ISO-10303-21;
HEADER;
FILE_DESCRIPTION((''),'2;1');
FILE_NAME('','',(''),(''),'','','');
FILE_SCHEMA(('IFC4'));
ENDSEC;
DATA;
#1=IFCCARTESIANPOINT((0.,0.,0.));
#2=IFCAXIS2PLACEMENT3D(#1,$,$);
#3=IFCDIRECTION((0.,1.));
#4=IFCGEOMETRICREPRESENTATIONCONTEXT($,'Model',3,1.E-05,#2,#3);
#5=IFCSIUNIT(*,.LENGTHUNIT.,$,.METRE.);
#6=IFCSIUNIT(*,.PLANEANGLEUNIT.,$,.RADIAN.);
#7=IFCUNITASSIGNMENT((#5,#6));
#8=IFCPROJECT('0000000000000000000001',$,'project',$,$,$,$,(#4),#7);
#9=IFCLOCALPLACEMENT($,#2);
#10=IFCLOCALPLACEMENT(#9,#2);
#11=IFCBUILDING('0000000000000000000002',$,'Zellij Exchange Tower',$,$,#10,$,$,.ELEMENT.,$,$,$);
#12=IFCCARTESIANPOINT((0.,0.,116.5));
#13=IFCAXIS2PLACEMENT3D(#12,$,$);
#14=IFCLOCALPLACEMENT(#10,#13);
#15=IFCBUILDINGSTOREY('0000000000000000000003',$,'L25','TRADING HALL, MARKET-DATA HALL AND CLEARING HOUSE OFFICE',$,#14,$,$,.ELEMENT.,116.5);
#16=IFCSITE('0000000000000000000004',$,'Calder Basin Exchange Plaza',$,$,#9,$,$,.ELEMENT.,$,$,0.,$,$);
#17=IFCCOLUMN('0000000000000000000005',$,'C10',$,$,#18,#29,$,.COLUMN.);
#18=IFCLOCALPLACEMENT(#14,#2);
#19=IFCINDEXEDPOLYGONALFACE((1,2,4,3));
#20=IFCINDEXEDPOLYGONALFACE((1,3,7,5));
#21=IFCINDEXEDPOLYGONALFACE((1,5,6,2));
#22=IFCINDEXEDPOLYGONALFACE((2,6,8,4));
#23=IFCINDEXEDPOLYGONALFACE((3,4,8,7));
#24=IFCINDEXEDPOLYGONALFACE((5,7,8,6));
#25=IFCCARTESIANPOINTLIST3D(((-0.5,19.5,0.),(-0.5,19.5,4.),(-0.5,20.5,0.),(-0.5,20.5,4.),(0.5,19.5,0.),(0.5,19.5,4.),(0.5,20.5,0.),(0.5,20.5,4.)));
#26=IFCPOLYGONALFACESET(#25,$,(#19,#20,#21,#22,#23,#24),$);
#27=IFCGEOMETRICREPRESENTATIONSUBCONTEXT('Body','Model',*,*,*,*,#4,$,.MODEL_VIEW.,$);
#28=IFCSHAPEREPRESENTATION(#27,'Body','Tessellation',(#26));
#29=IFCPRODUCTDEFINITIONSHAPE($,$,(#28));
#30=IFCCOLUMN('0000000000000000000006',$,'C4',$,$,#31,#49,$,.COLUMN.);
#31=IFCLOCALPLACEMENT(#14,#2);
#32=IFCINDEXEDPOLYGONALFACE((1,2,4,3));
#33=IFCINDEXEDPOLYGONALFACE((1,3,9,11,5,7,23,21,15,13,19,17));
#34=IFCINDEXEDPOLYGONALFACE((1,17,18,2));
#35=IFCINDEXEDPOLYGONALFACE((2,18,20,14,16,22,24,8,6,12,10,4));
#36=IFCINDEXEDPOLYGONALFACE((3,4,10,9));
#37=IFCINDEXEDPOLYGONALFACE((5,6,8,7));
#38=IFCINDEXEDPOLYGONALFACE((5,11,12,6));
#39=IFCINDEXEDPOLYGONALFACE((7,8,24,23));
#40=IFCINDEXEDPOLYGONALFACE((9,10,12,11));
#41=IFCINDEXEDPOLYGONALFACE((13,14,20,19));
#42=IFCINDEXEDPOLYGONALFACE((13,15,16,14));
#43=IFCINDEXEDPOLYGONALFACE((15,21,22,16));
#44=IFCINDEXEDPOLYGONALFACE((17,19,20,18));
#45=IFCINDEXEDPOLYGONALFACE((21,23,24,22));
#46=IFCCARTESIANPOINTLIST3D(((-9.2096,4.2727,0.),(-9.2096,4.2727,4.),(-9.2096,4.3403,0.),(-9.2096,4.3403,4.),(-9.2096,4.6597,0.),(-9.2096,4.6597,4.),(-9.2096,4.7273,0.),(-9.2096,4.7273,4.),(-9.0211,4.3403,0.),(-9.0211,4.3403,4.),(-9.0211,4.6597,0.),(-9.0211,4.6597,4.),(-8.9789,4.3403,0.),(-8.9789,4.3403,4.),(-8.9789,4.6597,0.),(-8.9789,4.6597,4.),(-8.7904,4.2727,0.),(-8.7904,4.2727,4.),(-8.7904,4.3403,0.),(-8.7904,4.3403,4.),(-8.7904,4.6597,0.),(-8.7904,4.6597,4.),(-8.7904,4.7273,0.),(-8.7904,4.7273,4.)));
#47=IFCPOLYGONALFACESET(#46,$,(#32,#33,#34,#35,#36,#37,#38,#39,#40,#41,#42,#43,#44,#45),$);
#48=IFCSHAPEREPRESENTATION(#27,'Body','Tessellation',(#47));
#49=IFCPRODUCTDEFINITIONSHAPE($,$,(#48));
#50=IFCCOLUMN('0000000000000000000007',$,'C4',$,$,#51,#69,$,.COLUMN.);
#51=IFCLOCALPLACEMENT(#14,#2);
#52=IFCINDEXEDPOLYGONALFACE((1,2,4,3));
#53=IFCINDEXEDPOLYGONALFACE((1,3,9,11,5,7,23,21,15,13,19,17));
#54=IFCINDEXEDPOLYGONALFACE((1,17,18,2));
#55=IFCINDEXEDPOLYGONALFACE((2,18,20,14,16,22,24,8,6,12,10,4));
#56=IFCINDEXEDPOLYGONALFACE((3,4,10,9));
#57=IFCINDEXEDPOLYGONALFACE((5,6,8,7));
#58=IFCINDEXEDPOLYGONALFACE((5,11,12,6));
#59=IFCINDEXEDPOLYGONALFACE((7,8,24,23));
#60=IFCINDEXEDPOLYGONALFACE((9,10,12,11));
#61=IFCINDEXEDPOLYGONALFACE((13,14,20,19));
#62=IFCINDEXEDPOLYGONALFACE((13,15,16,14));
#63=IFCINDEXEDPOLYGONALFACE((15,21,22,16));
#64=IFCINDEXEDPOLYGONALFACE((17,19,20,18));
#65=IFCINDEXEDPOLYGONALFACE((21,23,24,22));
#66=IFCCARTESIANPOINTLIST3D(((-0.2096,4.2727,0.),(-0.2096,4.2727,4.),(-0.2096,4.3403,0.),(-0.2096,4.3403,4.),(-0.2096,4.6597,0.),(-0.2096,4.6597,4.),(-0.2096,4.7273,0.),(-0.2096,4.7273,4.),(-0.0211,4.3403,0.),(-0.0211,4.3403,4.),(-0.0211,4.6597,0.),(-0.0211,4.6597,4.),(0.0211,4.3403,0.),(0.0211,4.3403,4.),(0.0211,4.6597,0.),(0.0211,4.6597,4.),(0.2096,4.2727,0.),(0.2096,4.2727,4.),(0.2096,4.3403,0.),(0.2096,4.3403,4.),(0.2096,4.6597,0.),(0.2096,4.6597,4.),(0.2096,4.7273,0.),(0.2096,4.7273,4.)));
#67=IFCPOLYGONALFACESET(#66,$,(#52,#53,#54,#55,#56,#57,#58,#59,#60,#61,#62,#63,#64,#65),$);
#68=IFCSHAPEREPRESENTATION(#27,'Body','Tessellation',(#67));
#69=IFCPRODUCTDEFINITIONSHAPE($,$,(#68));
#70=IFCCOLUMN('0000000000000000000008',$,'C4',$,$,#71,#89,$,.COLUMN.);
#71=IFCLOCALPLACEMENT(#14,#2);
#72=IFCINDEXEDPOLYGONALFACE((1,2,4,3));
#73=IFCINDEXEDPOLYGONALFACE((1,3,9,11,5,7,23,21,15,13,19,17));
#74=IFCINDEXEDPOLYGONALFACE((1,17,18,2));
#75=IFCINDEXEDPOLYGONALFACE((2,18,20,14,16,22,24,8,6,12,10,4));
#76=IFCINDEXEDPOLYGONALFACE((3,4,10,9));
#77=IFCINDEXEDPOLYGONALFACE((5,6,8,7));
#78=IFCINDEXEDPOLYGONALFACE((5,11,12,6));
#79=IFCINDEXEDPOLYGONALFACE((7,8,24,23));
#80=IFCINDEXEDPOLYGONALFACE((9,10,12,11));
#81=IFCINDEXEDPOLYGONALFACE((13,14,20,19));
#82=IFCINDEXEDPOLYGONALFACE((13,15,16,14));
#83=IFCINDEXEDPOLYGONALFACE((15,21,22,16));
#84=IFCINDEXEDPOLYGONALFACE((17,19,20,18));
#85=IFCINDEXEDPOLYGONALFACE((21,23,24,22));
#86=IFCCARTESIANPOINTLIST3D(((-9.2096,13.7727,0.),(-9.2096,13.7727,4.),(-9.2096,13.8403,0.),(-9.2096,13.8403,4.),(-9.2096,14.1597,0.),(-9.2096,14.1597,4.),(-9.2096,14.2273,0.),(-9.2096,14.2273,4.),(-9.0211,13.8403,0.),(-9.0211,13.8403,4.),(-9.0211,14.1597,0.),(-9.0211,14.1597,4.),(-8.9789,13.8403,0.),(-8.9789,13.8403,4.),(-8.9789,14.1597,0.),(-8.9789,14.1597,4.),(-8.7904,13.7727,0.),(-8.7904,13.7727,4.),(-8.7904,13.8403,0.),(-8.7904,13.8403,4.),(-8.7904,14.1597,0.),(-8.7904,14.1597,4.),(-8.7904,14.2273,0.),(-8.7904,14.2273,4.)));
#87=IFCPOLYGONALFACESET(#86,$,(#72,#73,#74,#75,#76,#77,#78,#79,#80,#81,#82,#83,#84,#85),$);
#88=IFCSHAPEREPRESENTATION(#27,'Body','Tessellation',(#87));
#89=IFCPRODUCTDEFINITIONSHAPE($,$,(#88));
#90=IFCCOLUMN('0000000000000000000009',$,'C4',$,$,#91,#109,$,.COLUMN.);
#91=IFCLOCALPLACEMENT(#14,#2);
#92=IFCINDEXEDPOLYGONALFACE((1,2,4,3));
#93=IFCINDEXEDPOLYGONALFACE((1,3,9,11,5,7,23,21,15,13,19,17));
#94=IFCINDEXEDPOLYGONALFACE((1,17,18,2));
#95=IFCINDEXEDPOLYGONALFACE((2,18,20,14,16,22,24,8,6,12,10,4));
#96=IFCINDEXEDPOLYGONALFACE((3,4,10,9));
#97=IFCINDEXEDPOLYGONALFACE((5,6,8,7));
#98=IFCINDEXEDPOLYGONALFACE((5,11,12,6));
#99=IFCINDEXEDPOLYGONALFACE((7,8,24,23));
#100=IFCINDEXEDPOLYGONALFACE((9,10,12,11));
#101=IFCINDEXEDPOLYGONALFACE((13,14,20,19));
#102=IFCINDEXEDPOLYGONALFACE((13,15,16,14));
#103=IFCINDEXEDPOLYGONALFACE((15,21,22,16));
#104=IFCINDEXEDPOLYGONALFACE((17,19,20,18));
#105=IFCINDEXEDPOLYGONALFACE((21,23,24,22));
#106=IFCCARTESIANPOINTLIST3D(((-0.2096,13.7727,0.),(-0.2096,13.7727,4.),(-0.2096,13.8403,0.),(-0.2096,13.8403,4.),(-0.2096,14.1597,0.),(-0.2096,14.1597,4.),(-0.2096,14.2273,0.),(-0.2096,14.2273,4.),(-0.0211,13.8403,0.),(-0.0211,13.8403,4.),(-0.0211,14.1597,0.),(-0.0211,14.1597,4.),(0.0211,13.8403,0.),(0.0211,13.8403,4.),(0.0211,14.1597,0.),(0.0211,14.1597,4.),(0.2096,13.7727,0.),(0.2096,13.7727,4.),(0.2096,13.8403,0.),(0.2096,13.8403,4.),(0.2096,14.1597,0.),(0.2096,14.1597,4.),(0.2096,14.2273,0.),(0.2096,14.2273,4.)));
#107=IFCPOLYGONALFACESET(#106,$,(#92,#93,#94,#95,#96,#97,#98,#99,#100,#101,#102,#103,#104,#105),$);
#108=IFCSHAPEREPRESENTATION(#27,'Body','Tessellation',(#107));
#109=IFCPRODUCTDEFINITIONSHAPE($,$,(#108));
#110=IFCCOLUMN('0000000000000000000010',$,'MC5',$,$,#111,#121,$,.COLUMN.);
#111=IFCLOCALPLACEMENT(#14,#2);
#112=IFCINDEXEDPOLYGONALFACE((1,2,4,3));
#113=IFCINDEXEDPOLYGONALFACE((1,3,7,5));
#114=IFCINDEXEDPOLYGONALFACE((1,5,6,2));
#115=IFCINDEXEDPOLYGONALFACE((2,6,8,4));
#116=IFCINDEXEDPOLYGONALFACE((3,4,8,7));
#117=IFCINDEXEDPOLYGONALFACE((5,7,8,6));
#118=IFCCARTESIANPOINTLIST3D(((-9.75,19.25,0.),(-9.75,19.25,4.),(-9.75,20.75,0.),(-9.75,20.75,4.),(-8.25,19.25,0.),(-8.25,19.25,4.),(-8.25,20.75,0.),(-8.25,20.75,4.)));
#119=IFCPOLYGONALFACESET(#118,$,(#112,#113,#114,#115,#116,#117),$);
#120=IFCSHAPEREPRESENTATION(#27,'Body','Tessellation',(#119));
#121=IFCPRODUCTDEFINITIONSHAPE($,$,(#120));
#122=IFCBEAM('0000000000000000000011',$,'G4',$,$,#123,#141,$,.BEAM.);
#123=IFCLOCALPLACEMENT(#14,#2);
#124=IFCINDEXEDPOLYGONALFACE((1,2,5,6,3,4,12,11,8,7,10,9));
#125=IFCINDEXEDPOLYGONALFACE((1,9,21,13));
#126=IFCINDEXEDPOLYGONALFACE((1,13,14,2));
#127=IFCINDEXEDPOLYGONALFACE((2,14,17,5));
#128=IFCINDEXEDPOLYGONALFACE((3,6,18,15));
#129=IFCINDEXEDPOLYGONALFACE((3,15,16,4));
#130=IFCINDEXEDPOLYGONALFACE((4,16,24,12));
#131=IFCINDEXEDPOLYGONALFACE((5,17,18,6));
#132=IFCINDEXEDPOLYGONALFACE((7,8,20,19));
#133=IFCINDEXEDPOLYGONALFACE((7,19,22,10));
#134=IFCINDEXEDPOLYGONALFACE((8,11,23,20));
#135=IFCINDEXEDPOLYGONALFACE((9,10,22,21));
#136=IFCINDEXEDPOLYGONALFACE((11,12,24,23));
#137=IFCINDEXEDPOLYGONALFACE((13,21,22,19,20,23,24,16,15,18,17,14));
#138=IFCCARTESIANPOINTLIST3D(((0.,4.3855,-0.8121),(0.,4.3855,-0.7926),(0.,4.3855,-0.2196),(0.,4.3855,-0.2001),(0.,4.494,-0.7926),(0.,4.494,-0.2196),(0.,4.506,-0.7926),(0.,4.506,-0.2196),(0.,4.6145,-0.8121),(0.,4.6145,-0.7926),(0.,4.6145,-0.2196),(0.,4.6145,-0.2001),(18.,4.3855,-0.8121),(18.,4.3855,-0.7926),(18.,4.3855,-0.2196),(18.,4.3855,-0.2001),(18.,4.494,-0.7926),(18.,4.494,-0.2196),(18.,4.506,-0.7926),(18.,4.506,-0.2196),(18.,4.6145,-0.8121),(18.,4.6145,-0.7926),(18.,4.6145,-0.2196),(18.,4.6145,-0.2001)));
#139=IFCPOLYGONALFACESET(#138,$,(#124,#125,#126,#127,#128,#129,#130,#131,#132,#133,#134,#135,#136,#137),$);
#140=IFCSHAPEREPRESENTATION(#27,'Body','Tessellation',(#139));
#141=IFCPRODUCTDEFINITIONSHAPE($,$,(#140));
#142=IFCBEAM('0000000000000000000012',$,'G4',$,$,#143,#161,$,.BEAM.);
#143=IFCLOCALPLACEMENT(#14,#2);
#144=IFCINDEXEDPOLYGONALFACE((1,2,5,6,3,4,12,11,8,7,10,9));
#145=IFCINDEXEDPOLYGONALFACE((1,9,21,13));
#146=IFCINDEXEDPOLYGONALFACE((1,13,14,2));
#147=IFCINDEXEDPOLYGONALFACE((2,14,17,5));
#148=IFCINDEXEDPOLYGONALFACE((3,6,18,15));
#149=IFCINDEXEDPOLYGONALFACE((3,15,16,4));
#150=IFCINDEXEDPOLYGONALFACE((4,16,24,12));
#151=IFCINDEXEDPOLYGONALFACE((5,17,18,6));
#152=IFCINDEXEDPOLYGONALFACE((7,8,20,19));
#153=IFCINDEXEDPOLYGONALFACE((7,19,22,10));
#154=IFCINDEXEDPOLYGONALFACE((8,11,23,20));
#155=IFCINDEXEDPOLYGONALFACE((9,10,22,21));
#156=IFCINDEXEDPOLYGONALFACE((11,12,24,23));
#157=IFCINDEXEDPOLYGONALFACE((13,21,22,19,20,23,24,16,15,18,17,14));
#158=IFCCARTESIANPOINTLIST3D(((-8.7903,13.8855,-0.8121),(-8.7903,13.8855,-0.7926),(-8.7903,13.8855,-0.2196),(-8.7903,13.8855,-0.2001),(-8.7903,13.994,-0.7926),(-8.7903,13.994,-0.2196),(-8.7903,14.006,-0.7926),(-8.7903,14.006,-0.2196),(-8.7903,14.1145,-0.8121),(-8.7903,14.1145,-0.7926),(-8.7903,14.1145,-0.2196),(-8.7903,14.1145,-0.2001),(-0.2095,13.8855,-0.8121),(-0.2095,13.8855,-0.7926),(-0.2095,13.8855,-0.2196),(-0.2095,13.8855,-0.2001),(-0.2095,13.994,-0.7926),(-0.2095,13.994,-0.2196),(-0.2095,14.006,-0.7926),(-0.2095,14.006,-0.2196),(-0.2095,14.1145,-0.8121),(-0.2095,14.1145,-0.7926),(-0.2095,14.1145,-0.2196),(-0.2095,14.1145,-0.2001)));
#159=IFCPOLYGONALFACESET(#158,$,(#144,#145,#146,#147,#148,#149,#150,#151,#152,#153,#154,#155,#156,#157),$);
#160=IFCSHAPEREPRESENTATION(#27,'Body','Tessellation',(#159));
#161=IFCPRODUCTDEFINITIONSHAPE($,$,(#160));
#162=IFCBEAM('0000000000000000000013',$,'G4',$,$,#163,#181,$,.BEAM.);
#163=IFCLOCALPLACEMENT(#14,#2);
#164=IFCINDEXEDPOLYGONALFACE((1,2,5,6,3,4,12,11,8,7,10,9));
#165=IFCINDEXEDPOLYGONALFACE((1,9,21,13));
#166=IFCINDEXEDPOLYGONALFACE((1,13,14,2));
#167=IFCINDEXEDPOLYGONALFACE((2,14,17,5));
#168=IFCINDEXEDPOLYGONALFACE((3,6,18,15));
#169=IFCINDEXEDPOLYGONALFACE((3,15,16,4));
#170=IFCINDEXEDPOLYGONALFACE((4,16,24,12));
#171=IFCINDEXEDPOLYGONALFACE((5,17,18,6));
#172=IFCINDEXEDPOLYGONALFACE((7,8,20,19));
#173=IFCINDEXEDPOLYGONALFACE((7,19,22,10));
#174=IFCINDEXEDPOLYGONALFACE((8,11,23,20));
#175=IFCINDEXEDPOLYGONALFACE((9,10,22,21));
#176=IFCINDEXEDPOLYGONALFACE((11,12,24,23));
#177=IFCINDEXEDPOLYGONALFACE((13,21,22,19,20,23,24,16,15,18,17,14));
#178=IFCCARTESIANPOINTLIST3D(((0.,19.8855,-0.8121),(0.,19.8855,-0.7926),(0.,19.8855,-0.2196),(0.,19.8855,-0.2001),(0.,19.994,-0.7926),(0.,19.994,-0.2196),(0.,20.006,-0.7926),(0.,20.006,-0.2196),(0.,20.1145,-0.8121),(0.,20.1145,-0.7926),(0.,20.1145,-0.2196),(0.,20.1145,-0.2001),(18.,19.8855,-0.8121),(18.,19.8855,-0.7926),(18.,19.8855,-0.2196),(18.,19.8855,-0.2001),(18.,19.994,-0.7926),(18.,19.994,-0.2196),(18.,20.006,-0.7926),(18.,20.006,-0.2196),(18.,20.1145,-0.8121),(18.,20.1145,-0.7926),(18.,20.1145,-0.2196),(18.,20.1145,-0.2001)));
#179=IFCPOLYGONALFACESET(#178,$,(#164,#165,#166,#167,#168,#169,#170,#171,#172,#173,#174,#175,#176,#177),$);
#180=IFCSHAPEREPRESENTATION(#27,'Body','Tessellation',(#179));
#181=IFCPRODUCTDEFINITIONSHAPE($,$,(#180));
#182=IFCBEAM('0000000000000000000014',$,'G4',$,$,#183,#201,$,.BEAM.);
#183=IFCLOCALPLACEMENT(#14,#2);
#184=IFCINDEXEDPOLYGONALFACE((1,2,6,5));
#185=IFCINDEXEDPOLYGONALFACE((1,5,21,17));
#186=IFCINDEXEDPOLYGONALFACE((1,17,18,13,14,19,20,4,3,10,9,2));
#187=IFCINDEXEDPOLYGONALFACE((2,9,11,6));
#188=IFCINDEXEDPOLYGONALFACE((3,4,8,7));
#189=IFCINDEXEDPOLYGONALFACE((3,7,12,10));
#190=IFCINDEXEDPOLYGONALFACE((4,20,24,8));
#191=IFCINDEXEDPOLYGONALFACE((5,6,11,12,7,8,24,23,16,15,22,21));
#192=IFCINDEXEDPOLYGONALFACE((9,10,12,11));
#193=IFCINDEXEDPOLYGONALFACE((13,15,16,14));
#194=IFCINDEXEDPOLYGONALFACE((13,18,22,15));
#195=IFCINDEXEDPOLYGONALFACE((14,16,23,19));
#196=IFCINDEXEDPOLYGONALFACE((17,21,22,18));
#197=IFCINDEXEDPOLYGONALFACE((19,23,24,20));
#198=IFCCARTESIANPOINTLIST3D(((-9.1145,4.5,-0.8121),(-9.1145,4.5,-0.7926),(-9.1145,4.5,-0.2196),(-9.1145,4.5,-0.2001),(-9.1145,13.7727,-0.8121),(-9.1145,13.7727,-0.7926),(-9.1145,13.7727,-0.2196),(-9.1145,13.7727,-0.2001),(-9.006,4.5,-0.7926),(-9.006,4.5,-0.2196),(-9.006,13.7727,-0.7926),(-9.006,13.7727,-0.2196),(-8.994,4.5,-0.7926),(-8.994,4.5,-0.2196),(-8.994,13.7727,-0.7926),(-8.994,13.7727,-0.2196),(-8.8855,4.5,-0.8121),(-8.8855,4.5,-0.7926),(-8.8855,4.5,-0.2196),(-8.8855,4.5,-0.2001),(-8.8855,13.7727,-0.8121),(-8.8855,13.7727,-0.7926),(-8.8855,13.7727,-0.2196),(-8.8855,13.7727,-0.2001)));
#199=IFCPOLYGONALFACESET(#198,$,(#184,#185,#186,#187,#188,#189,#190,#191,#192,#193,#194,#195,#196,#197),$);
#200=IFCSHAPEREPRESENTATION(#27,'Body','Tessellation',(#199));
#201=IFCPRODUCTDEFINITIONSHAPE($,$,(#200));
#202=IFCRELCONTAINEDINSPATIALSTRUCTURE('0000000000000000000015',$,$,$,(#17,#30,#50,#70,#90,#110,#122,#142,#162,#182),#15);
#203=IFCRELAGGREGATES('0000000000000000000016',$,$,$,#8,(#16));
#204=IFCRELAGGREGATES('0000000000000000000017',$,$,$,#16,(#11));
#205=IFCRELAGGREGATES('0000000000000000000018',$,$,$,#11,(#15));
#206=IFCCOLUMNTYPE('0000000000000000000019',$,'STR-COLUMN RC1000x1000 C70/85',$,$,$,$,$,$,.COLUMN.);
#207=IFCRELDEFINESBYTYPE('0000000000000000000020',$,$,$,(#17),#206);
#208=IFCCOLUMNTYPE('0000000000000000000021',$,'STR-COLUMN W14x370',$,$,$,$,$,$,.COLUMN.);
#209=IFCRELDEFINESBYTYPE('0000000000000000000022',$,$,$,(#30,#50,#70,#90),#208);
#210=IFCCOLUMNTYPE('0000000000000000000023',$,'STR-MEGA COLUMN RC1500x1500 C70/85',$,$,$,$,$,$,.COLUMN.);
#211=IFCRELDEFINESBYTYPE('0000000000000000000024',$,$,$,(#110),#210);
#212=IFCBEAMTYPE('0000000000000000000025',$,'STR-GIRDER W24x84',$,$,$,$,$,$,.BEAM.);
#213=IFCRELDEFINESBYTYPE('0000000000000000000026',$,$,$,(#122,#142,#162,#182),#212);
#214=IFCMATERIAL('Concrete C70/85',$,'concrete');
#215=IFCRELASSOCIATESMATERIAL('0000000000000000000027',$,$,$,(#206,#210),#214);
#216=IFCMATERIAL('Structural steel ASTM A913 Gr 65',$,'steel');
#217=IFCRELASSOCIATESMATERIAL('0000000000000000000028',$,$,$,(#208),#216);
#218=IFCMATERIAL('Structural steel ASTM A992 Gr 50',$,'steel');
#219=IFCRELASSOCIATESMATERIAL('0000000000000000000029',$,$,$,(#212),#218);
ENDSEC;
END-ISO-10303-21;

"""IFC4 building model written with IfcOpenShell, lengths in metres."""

from ifc_helpers import new_model, si_unit, direction, frame, origin, origin_2d, place, context, subcontext, project, spatial, rectangle, i_section, extrude, material, material_profile, profile_set, type_object, element, save


model = new_model("IFC4")

# Units and contexts
model_context = context("Model", 3, precision=1e-05, world=origin(), true_north=direction((0.0, 1.0)))
body_context = subcontext(model_context, "Body", "Model", "MODEL_VIEW")
ifc_project = project(units=[si_unit("LENGTHUNIT", "METRE"), si_unit("PLANEANGLEUNIT", "RADIAN")], contexts=[model_context])

# Site, building, storey
site_placement = place(None, origin())
site = spatial("IfcSite", under=ifc_project, at=site_placement, Name="Calder Basin Exchange Plaza", CompositionType="ELEMENT", RefElevation=0.0)
building_placement = place(site_placement, origin())
building = spatial("IfcBuilding", under=site, at=building_placement, Name="Zellij Exchange Tower", CompositionType="ELEMENT")
storey_placement = place(building_placement, frame((0.0, 0.0, 116.5)))
storey = spatial("IfcBuildingStorey", under=building, at=storey_placement, Name="L25", Description="TRADING HALL, MARKET-DATA HALL AND CLEARING HOUSE OFFICE", CompositionType="ELEMENT", Elevation=116.5)

# Columns
ifc_material_1 = material(Name="Concrete C70/85", Category="concrete")
ifc_material_profile_1 = material_profile(ifc_material_1, rectangle(XDim=1.0, YDim=1.0, at=origin_2d()), Name="STR-COLUMN RC1000x1000 C70/85")
ifc_profile_set_1 = profile_set([ifc_material_profile_1], Name="Concrete C70/85")
column_type_1 = type_object("IfcColumnType", Name="STR-COLUMN RC1000x1000 C70/85", PredefinedType="COLUMN", material=ifc_profile_set_1)
column_1_placement = place(storey_placement, frame((0.0, 20.0, 0.0), z_axis=(0.0, 0.0, 1.0), x_axis=(1.0, 0.0, 0.0)))
element("IfcColumn", 1, at=column_1_placement, inside=storey, type_object=column_type_1, Name="C10", PredefinedType="COLUMN", context=body_context, shape_type="SweptSolid", body=[
    extrude(rectangle(XDim=1.0, YDim=1.0, at=origin_2d()), origin(), (0.0, 0.0, 1.0), 4.0),
])
ifc_material_2 = material(Name="Structural steel ASTM A913 Gr 65", Category="steel")
ifc_material_profile_2 = material_profile(ifc_material_2, i_section(OverallWidth=0.4192, OverallDepth=0.4546, WebThickness=0.0422, FlangeThickness=0.0676, at=origin_2d()), Name="W14x370")
ifc_profile_set_2 = profile_set([ifc_material_profile_2], Name="Structural steel ASTM A913 Gr 65")
column_type_2 = type_object("IfcColumnType", Name="STR-COLUMN W14x370", PredefinedType="COLUMN", material=ifc_profile_set_2)
for number, where, z_axis, x_axis, name in (
    (2, (-9.0, 4.5, 0.0), (0.0, 0.0, 1.0), (1.0, 0.0, 0.0), "C4"),
    (3, (0.0, 4.5, 0.0), (0.0, 0.0, 1.0), (1.0, 0.0, 0.0), "C4"),
    (4, (-9.0, 14.0, 0.0), (0.0, 0.0, 1.0), (1.0, 0.0, 0.0), "C4"),
    (5, (0.0, 14.0, 0.0), (0.0, 0.0, 1.0), (1.0, 0.0, 0.0), "C4"),
):
    element("IfcColumn", number, at=place(storey_placement, frame(where, z_axis=z_axis, x_axis=x_axis)), inside=storey, type_object=column_type_2, Name=name, PredefinedType="COLUMN", context=body_context, shape_type="SweptSolid", body=[
        extrude(i_section(OverallWidth=0.4192, OverallDepth=0.4546, WebThickness=0.0422, FlangeThickness=0.0676, at=origin_2d()), origin(), (0.0, 0.0, 1.0), 4.0),
    ])
ifc_material_profile_3 = material_profile(ifc_material_1, rectangle(XDim=1.5, YDim=1.5, at=origin_2d()), Name="STR-MEGA COLUMN RC1500x1500 C70/85")
ifc_profile_set_3 = profile_set([ifc_material_profile_3], Name="Concrete C70/85")
column_type_3 = type_object("IfcColumnType", Name="STR-MEGA COLUMN RC1500x1500 C70/85", PredefinedType="COLUMN", material=ifc_profile_set_3)
column_2_placement = place(storey_placement, frame((-9.0, 20.0, 0.0), z_axis=(0.0, 0.0, 1.0), x_axis=(1.0, 0.0, 0.0)))
element("IfcColumn", 6, at=column_2_placement, inside=storey, type_object=column_type_3, Name="MC5", PredefinedType="COLUMN", context=body_context, shape_type="SweptSolid", body=[
    extrude(rectangle(XDim=1.5, YDim=1.5, at=origin_2d()), origin(), (0.0, 0.0, 1.0), 4.0),
])

# Beams
ifc_material_3 = material(Name="Structural steel ASTM A992 Gr 50", Category="steel")
ifc_material_profile_4 = material_profile(ifc_material_3, i_section(OverallWidth=0.229, OverallDepth=0.6121, WebThickness=0.012, FlangeThickness=0.0195, at=origin_2d()), Name="W24x84")
ifc_profile_set_4 = profile_set([ifc_material_profile_4], Name="Structural steel ASTM A992 Gr 50")
beam_type = type_object("IfcBeamType", Name="STR-GIRDER W24x84", PredefinedType="BEAM", material=ifc_profile_set_4)
beam_1_placement = place(storey_placement, frame((0.0, 4.5, -0.5061), z_axis=(1.0, 0.0, 0.0), x_axis=(0.0, 1.0, 0.0)))
element("IfcBeam", 7, at=beam_1_placement, inside=storey, type_object=beam_type, Name="G4", PredefinedType="BEAM", context=body_context, shape_type="SweptSolid", body=[
    extrude(i_section(OverallWidth=0.229, OverallDepth=0.6121, WebThickness=0.012, FlangeThickness=0.0195, at=origin_2d()), origin(), (0.0, 0.0, 1.0), 18.0),
])
beam_2_placement = place(storey_placement, frame((-8.7903, 14.0, -0.5061), z_axis=(1.0, 0.0, 0.0), x_axis=(0.0, 1.0, 0.0)))
element("IfcBeam", 8, at=beam_2_placement, inside=storey, type_object=beam_type, Name="G4", PredefinedType="BEAM", context=body_context, shape_type="SweptSolid", body=[
    extrude(i_section(OverallWidth=0.229, OverallDepth=0.6121, WebThickness=0.012, FlangeThickness=0.0195, at=origin_2d()), origin(), (0.0, 0.0, 1.0), 8.5808),
])
beam_3_placement = place(storey_placement, frame((0.0, 20.0, -0.5061), z_axis=(1.0, 0.0, 0.0), x_axis=(0.0, 1.0, 0.0)))
element("IfcBeam", 9, at=beam_3_placement, inside=storey, type_object=beam_type, Name="G4", PredefinedType="BEAM", context=body_context, shape_type="SweptSolid", body=[
    extrude(i_section(OverallWidth=0.229, OverallDepth=0.6121, WebThickness=0.012, FlangeThickness=0.0195, at=origin_2d()), origin(), (0.0, 0.0, 1.0), 18.0),
])
beam_4_placement = place(storey_placement, frame((-9.0, 4.5, -0.5061), z_axis=(0.0, 1.0, 0.0), x_axis=(-1.0, 0.0, 0.0)))
element("IfcBeam", 10, at=beam_4_placement, inside=storey, type_object=beam_type, Name="G4", PredefinedType="BEAM", context=body_context, shape_type="SweptSolid", body=[
    extrude(i_section(OverallWidth=0.229, OverallDepth=0.6121, WebThickness=0.012, FlangeThickness=0.0195, at=origin_2d()), origin(), (0.0, 0.0, 1.0), 9.2727),
])

save(model, "model.ifc")
